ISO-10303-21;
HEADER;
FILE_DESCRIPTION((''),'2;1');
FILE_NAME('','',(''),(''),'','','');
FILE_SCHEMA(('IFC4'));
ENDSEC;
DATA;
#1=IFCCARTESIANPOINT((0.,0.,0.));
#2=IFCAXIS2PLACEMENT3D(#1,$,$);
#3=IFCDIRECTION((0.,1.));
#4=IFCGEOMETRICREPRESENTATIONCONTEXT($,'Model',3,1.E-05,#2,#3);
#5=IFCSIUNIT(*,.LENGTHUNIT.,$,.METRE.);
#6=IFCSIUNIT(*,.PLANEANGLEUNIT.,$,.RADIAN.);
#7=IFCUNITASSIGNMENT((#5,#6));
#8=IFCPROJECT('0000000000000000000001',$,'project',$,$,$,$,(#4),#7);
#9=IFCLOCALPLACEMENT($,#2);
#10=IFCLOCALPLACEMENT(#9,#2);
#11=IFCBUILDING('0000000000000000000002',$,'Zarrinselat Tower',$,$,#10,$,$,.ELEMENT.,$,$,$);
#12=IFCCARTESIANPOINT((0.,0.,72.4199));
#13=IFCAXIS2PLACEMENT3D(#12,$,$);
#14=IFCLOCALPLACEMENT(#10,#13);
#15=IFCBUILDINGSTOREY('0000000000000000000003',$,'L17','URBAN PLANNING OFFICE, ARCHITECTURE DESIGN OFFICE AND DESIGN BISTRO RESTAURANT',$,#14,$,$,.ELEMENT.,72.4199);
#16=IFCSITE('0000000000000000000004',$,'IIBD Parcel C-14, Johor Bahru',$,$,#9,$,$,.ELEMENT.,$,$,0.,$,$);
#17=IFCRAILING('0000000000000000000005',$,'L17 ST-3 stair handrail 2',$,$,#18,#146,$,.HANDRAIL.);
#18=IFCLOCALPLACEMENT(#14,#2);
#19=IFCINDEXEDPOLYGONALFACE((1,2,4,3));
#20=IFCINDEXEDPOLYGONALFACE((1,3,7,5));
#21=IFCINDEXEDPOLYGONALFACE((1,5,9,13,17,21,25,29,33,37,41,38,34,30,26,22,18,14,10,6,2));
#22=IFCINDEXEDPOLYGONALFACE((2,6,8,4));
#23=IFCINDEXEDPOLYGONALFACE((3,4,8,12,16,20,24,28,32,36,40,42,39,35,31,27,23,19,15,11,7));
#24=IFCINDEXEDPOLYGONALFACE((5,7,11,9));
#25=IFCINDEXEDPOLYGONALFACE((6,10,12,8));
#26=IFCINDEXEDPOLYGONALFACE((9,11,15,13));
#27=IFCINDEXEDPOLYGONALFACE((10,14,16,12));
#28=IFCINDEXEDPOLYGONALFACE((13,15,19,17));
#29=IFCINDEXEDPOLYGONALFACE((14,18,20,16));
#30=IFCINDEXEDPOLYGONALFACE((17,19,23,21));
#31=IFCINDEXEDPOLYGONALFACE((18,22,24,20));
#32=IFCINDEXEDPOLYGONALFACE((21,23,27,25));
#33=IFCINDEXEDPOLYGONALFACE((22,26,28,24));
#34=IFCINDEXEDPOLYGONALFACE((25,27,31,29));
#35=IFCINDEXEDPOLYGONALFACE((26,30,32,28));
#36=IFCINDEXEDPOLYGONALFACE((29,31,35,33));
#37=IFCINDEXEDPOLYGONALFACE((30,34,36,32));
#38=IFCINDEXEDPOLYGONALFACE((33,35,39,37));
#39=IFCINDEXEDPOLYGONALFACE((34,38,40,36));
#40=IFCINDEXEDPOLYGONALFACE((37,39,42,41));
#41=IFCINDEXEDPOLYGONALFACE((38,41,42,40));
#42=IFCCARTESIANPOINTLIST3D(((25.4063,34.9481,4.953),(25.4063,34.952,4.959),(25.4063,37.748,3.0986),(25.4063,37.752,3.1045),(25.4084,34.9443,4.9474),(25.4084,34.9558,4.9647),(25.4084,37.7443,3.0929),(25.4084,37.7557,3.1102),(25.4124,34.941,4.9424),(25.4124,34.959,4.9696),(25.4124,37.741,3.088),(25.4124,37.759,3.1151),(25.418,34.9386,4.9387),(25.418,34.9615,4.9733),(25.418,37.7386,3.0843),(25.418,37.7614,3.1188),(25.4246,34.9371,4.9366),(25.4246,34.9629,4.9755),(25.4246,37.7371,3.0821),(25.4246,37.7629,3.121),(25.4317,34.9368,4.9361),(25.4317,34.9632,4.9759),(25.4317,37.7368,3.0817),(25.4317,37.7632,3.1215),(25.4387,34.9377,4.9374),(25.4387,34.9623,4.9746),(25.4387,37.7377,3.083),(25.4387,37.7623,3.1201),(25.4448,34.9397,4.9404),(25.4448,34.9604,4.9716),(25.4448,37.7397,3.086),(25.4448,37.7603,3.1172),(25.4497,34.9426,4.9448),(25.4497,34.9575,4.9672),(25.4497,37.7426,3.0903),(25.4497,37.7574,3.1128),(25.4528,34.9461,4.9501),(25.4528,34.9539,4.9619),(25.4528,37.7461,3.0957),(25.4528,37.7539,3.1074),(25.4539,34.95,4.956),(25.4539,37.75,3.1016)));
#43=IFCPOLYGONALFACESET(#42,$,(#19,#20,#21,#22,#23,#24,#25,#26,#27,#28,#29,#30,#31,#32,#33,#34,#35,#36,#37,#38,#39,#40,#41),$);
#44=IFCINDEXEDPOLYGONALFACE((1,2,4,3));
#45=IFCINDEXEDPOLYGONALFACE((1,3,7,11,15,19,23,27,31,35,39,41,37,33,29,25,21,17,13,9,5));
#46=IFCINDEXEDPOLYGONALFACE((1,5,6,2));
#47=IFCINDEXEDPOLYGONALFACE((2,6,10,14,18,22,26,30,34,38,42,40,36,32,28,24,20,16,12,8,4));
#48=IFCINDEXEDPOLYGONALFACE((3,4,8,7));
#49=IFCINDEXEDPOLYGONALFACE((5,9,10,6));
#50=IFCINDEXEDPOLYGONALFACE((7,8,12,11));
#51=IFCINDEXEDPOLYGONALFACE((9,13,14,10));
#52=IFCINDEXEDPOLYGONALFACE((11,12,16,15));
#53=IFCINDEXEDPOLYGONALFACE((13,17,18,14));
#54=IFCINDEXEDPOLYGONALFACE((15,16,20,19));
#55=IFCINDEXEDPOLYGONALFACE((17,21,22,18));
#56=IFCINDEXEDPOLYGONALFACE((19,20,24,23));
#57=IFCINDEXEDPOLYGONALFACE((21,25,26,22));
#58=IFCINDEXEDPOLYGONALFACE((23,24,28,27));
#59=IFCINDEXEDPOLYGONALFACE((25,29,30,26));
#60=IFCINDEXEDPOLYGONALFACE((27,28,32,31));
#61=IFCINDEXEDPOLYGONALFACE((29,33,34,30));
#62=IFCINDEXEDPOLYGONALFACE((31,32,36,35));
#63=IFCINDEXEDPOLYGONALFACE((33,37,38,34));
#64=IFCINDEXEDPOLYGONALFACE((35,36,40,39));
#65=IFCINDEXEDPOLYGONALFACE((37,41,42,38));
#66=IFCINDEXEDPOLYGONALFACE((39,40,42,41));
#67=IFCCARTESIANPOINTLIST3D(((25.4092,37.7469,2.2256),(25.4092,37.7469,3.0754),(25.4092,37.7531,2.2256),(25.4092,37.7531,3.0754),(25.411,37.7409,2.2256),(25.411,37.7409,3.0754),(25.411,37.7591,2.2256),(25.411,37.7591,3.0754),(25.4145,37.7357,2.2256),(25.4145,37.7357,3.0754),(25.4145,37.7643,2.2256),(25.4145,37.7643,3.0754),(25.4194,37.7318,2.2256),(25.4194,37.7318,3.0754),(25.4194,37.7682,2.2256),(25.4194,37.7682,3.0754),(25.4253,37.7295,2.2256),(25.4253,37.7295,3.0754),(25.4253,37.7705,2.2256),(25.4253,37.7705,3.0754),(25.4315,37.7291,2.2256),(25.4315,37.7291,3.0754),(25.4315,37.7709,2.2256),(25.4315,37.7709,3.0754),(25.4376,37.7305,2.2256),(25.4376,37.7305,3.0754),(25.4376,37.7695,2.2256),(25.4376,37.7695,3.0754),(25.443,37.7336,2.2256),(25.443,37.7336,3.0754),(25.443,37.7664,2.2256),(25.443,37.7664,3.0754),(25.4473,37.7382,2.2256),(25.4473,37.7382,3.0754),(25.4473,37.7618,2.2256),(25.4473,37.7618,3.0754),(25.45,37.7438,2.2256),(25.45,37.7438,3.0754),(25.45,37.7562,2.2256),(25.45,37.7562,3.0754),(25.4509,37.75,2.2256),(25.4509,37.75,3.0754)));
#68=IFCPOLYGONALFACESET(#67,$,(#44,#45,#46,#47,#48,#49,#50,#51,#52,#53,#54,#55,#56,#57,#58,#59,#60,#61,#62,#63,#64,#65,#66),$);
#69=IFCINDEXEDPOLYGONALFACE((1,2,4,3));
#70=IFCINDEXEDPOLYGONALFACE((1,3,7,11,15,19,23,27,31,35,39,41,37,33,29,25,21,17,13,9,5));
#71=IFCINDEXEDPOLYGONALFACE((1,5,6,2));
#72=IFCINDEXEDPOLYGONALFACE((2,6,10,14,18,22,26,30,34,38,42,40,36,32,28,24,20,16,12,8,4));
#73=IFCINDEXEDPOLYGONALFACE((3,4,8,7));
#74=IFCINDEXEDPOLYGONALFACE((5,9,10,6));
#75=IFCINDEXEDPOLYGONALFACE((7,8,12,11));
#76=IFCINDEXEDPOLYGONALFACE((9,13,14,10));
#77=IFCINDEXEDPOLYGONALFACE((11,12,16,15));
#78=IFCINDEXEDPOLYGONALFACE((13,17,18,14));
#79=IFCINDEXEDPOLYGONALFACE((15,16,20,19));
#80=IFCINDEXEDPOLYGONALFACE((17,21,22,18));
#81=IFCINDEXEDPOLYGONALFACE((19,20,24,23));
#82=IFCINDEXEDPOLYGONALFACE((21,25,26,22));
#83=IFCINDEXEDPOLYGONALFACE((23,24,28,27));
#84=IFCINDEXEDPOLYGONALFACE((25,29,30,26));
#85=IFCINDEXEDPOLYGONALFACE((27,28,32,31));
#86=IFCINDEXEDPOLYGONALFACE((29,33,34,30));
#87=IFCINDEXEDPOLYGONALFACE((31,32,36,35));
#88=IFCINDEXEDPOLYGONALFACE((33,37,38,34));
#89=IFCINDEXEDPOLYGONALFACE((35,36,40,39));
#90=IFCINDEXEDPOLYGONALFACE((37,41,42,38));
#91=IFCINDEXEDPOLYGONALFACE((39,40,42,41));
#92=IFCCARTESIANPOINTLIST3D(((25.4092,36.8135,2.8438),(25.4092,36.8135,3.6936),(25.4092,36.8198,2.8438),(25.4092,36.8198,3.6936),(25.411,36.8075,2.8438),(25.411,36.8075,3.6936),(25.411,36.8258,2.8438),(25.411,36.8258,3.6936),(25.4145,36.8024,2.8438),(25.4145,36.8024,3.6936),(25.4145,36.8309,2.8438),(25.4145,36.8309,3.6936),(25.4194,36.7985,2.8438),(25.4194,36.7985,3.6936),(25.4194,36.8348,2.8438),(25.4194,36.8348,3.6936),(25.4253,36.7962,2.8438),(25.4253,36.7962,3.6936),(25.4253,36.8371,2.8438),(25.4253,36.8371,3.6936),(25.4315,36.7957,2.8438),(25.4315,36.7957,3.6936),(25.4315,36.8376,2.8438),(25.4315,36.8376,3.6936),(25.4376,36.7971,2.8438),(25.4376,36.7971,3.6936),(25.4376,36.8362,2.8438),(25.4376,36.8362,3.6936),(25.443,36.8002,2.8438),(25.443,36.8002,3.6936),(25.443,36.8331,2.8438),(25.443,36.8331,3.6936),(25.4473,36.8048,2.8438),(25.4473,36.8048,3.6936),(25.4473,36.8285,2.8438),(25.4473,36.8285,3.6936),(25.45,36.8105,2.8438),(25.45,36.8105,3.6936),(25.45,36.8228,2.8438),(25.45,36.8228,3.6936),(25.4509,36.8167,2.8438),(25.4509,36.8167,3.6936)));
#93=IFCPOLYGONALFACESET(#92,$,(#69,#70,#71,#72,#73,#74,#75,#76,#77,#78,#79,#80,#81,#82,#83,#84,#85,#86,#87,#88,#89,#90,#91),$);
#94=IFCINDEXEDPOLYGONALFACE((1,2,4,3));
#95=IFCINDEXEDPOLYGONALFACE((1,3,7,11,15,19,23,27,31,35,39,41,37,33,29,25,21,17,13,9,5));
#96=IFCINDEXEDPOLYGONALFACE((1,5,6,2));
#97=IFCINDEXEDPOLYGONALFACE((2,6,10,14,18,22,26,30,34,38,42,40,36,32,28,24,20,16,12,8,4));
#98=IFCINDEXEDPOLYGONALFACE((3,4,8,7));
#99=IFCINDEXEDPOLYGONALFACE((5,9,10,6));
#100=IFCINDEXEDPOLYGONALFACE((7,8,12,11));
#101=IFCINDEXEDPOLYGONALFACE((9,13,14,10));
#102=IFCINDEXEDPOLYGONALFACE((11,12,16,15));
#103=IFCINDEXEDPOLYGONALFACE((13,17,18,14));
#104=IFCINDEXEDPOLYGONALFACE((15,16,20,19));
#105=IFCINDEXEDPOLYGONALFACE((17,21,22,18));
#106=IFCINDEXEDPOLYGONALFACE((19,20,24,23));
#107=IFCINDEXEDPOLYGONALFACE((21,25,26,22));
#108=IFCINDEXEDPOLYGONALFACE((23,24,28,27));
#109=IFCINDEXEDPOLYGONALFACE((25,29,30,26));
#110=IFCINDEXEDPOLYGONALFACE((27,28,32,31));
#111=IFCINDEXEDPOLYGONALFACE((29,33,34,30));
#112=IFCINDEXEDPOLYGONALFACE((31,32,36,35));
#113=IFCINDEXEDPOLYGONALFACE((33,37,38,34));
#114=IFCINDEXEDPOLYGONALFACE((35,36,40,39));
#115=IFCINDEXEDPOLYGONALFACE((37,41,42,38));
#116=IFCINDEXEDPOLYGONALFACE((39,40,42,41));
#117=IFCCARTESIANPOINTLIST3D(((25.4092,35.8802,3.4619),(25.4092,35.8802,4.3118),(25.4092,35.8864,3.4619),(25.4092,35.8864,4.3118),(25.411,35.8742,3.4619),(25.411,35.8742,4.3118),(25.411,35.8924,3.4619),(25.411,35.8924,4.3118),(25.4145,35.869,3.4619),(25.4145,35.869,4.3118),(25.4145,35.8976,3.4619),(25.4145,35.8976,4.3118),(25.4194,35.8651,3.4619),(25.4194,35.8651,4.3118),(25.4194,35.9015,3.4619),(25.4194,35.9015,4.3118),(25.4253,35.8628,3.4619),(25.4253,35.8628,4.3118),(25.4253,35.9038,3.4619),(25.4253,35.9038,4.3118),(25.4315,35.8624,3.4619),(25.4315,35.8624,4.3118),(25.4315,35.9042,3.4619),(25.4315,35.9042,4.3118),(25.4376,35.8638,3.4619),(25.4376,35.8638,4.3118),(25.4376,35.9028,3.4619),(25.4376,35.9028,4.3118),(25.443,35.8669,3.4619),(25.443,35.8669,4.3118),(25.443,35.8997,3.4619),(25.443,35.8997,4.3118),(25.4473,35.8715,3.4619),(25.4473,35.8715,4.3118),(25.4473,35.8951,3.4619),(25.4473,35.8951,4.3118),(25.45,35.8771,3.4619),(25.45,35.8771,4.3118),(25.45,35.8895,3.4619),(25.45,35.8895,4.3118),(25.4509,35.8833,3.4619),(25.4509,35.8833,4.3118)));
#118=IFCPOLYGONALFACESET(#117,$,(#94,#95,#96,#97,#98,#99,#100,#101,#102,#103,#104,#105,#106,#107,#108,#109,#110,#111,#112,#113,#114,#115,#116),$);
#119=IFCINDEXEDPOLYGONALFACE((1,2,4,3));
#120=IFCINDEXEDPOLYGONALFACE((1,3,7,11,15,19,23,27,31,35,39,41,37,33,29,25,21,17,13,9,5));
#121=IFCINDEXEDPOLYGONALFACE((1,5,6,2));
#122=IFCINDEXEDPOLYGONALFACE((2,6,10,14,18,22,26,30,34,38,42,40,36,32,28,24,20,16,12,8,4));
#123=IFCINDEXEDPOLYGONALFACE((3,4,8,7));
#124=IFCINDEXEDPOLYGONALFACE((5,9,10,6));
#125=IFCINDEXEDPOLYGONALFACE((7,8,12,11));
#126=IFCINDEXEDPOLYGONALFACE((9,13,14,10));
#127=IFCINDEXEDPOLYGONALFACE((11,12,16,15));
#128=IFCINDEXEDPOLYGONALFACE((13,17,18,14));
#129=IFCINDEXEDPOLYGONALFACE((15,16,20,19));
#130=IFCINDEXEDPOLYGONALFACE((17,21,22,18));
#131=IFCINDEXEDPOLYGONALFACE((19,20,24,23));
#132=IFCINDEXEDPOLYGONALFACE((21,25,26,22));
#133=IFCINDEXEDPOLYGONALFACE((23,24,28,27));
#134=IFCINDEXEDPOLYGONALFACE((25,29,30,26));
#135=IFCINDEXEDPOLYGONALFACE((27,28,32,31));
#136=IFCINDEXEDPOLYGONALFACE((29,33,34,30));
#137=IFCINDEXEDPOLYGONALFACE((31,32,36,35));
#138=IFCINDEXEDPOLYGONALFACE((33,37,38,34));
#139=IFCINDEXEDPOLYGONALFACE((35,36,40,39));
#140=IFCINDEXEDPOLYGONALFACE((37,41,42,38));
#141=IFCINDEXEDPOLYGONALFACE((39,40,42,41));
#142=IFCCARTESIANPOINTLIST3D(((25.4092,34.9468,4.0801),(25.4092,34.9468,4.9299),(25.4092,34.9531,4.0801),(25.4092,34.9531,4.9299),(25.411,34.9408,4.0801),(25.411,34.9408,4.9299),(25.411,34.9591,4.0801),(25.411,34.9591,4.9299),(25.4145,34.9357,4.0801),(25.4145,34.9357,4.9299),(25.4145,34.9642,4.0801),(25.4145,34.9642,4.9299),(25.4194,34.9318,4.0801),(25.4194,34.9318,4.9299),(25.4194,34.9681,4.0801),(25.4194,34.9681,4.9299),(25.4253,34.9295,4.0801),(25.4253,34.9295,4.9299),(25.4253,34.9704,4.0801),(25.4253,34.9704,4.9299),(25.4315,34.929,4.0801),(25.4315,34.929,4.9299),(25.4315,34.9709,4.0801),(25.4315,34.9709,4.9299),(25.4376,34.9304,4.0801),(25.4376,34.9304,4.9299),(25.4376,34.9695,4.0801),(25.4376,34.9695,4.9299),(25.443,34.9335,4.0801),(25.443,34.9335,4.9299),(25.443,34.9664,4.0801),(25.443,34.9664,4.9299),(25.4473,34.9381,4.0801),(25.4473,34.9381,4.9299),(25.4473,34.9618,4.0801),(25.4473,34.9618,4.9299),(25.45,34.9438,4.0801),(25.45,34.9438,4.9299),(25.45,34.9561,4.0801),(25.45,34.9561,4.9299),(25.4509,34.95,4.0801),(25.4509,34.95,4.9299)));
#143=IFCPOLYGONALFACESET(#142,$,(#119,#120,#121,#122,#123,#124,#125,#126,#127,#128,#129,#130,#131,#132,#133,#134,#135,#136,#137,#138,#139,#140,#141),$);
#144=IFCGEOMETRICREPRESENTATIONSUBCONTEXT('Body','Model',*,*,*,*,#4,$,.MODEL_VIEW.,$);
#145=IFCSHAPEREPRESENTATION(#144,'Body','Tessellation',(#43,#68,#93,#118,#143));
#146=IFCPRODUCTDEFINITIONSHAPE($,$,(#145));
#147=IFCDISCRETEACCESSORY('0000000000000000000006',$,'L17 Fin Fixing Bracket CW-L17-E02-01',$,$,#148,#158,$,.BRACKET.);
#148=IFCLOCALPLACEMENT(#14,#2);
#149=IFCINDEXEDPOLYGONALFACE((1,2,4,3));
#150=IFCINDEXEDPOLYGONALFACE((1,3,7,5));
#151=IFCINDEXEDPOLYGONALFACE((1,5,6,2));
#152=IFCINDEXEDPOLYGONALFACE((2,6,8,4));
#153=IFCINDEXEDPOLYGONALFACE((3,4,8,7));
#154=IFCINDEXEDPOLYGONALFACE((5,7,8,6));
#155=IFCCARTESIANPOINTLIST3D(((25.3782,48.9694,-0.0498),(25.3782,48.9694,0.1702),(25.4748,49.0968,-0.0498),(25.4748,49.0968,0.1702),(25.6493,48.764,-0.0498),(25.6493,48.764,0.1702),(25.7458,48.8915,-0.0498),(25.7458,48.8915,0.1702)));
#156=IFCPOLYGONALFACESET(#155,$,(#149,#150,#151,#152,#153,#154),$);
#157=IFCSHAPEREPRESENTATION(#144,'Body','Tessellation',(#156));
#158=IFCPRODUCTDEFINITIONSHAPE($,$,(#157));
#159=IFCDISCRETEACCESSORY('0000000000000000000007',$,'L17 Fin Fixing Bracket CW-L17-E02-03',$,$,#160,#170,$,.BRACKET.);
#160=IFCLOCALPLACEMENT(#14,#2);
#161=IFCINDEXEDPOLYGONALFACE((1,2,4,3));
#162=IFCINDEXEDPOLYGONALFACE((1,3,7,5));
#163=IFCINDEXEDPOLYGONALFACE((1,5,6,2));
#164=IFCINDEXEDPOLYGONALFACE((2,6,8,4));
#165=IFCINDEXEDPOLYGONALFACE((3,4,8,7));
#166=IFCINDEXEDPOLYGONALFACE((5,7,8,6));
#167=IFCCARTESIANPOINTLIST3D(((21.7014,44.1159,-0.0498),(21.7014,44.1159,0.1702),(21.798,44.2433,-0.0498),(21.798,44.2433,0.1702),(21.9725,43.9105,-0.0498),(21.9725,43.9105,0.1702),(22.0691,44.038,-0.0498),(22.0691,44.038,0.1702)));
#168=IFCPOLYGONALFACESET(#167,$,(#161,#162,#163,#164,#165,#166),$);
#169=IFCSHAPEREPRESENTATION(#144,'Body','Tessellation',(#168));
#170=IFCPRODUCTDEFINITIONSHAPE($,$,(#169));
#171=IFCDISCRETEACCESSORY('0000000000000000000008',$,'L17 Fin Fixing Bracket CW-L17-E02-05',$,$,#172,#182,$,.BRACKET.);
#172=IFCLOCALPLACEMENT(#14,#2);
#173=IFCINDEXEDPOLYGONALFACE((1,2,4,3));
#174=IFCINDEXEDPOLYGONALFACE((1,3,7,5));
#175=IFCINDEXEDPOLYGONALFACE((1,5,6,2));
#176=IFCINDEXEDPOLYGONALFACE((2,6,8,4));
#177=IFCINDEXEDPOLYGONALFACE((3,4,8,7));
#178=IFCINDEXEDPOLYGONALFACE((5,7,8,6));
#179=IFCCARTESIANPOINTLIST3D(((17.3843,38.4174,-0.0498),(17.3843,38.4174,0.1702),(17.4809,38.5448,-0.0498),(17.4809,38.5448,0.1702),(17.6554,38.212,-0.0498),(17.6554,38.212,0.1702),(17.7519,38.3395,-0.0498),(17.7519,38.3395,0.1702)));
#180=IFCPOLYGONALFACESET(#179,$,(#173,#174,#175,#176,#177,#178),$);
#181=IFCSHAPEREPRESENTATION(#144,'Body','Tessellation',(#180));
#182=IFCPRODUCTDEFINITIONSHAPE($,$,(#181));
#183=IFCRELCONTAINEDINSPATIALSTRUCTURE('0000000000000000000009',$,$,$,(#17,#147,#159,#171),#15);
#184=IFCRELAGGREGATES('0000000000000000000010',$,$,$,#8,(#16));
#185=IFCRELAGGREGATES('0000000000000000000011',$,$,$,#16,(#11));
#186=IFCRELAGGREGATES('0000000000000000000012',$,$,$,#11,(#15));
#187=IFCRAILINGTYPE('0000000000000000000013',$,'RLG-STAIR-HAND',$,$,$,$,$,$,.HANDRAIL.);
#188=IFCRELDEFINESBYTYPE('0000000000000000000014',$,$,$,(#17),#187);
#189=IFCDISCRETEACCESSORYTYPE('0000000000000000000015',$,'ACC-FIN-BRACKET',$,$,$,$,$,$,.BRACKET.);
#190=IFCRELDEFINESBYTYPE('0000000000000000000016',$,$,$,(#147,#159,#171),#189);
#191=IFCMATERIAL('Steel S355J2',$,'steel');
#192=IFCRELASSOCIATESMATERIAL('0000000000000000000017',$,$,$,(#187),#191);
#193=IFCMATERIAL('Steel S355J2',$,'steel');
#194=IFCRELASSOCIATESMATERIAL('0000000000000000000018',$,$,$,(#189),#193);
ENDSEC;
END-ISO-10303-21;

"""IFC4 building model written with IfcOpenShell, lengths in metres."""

from ifc_helpers import new_model, si_unit, direction, frame, origin, origin_2d, place, context, subcontext, project, spatial, rectangle, circle, extrude, material, type_object, element, save


model = new_model("IFC4")

# Units and contexts
model_context = context("Model", 3, precision=1e-05, world=origin(), true_north=direction((0.0, 1.0)))
body_context = subcontext(model_context, "Body", "Model", "MODEL_VIEW")
ifc_project = project(units=[si_unit("LENGTHUNIT", "METRE"), si_unit("PLANEANGLEUNIT", "RADIAN")], contexts=[model_context])

# Site, building, storey
site_placement = place(None, origin())
site = spatial("IfcSite", under=ifc_project, at=site_placement, Name="IIBD Parcel C-14, Johor Bahru", CompositionType="ELEMENT", RefElevation=0.0)
building_placement = place(site_placement, origin())
building = spatial("IfcBuilding", under=site, at=building_placement, Name="Zarrinselat Tower", CompositionType="ELEMENT")
storey_placement = place(building_placement, frame((0.0, 0.0, 72.4199)))
storey = spatial("IfcBuildingStorey", under=building, at=storey_placement, Name="L17", Description="URBAN PLANNING OFFICE, ARCHITECTURE DESIGN OFFICE AND DESIGN BISTRO RESTAURANT", CompositionType="ELEMENT", Elevation=72.4199)

# Railing
ifc_material_1 = material(Name="Steel S355J2", Category="steel")
railing_type_1 = type_object("IfcRailingType", Name="RLG-STAIR-HAND", PredefinedType="HANDRAIL", material=ifc_material_1)
railing_1_placement = place(storey_placement, frame((25.4299, 37.75, 2.2256)))
element("IfcRailing", 1, at=railing_1_placement, inside=storey, type_object=railing_type_1, Name="L17 ST-3 stair handrail 2", PredefinedType="HANDRAIL", context=body_context, shape_type="SweptSolid", body=[
    extrude(circle(Radius=0.0239, at=origin_2d()), frame((0.0, 0.0, 0.876), z_axis=(0.0, -0.833724, 0.552181), x_axis=(1.0, 0.0, 0.0)), (0.0, 0.0, 1.0), 3.3584),
    extrude(circle(Radius=0.021, at=origin_2d()), origin(), (0.0, 0.0, 1.0), 0.8499),
    extrude(circle(Radius=0.021, at=origin_2d()), frame((0.0, -0.9333, 0.6182)), (0.0, 0.0, 1.0), 0.8499),
    extrude(circle(Radius=0.021, at=origin_2d()), frame((0.0, -1.8667, 1.2363)), (0.0, 0.0, 1.0), 0.8499),
    extrude(circle(Radius=0.021, at=origin_2d()), frame((0.0, -2.8, 1.8545)), (0.0, 0.0, 1.0), 0.8499),
])

# Discrete accessories
ifc_material_2 = material(Name="Steel S355J2", Category="steel")
discrete_accessory_type = type_object("IfcDiscreteAccessoryType", Name="ACC-FIN-BRACKET", PredefinedType="BRACKET", material=ifc_material_2)
for number, where, z_axis, x_axis, name in (
    (2, (25.562, 48.9304, -0.0498), (0.0, 0.0, 1.0), (-0.797093, 0.603857, 0.0), "L17 Fin Fixing Bracket CW-L17-E02-01"),
    (3, (21.8853, 44.0769, -0.0498), (0.0, 0.0, 1.0), (-0.797093, 0.603857, 0.0), "L17 Fin Fixing Bracket CW-L17-E02-03"),
    (4, (17.5681, 38.3784, -0.0498), (0.0, 0.0, 1.0), (-0.797093, 0.603857, 0.0), "L17 Fin Fixing Bracket CW-L17-E02-05"),
):
    element("IfcDiscreteAccessory", number, at=place(storey_placement, frame(where, z_axis=z_axis, x_axis=x_axis)), inside=storey, type_object=discrete_accessory_type, Name=name, PredefinedType="BRACKET", context=body_context, shape_type="SweptSolid", body=[
        extrude(rectangle(XDim=0.3401, YDim=0.1599, at=origin_2d()), origin(), (0.0, 0.0, 1.0), 0.22),
    ])

save(model, "model.ifc")
